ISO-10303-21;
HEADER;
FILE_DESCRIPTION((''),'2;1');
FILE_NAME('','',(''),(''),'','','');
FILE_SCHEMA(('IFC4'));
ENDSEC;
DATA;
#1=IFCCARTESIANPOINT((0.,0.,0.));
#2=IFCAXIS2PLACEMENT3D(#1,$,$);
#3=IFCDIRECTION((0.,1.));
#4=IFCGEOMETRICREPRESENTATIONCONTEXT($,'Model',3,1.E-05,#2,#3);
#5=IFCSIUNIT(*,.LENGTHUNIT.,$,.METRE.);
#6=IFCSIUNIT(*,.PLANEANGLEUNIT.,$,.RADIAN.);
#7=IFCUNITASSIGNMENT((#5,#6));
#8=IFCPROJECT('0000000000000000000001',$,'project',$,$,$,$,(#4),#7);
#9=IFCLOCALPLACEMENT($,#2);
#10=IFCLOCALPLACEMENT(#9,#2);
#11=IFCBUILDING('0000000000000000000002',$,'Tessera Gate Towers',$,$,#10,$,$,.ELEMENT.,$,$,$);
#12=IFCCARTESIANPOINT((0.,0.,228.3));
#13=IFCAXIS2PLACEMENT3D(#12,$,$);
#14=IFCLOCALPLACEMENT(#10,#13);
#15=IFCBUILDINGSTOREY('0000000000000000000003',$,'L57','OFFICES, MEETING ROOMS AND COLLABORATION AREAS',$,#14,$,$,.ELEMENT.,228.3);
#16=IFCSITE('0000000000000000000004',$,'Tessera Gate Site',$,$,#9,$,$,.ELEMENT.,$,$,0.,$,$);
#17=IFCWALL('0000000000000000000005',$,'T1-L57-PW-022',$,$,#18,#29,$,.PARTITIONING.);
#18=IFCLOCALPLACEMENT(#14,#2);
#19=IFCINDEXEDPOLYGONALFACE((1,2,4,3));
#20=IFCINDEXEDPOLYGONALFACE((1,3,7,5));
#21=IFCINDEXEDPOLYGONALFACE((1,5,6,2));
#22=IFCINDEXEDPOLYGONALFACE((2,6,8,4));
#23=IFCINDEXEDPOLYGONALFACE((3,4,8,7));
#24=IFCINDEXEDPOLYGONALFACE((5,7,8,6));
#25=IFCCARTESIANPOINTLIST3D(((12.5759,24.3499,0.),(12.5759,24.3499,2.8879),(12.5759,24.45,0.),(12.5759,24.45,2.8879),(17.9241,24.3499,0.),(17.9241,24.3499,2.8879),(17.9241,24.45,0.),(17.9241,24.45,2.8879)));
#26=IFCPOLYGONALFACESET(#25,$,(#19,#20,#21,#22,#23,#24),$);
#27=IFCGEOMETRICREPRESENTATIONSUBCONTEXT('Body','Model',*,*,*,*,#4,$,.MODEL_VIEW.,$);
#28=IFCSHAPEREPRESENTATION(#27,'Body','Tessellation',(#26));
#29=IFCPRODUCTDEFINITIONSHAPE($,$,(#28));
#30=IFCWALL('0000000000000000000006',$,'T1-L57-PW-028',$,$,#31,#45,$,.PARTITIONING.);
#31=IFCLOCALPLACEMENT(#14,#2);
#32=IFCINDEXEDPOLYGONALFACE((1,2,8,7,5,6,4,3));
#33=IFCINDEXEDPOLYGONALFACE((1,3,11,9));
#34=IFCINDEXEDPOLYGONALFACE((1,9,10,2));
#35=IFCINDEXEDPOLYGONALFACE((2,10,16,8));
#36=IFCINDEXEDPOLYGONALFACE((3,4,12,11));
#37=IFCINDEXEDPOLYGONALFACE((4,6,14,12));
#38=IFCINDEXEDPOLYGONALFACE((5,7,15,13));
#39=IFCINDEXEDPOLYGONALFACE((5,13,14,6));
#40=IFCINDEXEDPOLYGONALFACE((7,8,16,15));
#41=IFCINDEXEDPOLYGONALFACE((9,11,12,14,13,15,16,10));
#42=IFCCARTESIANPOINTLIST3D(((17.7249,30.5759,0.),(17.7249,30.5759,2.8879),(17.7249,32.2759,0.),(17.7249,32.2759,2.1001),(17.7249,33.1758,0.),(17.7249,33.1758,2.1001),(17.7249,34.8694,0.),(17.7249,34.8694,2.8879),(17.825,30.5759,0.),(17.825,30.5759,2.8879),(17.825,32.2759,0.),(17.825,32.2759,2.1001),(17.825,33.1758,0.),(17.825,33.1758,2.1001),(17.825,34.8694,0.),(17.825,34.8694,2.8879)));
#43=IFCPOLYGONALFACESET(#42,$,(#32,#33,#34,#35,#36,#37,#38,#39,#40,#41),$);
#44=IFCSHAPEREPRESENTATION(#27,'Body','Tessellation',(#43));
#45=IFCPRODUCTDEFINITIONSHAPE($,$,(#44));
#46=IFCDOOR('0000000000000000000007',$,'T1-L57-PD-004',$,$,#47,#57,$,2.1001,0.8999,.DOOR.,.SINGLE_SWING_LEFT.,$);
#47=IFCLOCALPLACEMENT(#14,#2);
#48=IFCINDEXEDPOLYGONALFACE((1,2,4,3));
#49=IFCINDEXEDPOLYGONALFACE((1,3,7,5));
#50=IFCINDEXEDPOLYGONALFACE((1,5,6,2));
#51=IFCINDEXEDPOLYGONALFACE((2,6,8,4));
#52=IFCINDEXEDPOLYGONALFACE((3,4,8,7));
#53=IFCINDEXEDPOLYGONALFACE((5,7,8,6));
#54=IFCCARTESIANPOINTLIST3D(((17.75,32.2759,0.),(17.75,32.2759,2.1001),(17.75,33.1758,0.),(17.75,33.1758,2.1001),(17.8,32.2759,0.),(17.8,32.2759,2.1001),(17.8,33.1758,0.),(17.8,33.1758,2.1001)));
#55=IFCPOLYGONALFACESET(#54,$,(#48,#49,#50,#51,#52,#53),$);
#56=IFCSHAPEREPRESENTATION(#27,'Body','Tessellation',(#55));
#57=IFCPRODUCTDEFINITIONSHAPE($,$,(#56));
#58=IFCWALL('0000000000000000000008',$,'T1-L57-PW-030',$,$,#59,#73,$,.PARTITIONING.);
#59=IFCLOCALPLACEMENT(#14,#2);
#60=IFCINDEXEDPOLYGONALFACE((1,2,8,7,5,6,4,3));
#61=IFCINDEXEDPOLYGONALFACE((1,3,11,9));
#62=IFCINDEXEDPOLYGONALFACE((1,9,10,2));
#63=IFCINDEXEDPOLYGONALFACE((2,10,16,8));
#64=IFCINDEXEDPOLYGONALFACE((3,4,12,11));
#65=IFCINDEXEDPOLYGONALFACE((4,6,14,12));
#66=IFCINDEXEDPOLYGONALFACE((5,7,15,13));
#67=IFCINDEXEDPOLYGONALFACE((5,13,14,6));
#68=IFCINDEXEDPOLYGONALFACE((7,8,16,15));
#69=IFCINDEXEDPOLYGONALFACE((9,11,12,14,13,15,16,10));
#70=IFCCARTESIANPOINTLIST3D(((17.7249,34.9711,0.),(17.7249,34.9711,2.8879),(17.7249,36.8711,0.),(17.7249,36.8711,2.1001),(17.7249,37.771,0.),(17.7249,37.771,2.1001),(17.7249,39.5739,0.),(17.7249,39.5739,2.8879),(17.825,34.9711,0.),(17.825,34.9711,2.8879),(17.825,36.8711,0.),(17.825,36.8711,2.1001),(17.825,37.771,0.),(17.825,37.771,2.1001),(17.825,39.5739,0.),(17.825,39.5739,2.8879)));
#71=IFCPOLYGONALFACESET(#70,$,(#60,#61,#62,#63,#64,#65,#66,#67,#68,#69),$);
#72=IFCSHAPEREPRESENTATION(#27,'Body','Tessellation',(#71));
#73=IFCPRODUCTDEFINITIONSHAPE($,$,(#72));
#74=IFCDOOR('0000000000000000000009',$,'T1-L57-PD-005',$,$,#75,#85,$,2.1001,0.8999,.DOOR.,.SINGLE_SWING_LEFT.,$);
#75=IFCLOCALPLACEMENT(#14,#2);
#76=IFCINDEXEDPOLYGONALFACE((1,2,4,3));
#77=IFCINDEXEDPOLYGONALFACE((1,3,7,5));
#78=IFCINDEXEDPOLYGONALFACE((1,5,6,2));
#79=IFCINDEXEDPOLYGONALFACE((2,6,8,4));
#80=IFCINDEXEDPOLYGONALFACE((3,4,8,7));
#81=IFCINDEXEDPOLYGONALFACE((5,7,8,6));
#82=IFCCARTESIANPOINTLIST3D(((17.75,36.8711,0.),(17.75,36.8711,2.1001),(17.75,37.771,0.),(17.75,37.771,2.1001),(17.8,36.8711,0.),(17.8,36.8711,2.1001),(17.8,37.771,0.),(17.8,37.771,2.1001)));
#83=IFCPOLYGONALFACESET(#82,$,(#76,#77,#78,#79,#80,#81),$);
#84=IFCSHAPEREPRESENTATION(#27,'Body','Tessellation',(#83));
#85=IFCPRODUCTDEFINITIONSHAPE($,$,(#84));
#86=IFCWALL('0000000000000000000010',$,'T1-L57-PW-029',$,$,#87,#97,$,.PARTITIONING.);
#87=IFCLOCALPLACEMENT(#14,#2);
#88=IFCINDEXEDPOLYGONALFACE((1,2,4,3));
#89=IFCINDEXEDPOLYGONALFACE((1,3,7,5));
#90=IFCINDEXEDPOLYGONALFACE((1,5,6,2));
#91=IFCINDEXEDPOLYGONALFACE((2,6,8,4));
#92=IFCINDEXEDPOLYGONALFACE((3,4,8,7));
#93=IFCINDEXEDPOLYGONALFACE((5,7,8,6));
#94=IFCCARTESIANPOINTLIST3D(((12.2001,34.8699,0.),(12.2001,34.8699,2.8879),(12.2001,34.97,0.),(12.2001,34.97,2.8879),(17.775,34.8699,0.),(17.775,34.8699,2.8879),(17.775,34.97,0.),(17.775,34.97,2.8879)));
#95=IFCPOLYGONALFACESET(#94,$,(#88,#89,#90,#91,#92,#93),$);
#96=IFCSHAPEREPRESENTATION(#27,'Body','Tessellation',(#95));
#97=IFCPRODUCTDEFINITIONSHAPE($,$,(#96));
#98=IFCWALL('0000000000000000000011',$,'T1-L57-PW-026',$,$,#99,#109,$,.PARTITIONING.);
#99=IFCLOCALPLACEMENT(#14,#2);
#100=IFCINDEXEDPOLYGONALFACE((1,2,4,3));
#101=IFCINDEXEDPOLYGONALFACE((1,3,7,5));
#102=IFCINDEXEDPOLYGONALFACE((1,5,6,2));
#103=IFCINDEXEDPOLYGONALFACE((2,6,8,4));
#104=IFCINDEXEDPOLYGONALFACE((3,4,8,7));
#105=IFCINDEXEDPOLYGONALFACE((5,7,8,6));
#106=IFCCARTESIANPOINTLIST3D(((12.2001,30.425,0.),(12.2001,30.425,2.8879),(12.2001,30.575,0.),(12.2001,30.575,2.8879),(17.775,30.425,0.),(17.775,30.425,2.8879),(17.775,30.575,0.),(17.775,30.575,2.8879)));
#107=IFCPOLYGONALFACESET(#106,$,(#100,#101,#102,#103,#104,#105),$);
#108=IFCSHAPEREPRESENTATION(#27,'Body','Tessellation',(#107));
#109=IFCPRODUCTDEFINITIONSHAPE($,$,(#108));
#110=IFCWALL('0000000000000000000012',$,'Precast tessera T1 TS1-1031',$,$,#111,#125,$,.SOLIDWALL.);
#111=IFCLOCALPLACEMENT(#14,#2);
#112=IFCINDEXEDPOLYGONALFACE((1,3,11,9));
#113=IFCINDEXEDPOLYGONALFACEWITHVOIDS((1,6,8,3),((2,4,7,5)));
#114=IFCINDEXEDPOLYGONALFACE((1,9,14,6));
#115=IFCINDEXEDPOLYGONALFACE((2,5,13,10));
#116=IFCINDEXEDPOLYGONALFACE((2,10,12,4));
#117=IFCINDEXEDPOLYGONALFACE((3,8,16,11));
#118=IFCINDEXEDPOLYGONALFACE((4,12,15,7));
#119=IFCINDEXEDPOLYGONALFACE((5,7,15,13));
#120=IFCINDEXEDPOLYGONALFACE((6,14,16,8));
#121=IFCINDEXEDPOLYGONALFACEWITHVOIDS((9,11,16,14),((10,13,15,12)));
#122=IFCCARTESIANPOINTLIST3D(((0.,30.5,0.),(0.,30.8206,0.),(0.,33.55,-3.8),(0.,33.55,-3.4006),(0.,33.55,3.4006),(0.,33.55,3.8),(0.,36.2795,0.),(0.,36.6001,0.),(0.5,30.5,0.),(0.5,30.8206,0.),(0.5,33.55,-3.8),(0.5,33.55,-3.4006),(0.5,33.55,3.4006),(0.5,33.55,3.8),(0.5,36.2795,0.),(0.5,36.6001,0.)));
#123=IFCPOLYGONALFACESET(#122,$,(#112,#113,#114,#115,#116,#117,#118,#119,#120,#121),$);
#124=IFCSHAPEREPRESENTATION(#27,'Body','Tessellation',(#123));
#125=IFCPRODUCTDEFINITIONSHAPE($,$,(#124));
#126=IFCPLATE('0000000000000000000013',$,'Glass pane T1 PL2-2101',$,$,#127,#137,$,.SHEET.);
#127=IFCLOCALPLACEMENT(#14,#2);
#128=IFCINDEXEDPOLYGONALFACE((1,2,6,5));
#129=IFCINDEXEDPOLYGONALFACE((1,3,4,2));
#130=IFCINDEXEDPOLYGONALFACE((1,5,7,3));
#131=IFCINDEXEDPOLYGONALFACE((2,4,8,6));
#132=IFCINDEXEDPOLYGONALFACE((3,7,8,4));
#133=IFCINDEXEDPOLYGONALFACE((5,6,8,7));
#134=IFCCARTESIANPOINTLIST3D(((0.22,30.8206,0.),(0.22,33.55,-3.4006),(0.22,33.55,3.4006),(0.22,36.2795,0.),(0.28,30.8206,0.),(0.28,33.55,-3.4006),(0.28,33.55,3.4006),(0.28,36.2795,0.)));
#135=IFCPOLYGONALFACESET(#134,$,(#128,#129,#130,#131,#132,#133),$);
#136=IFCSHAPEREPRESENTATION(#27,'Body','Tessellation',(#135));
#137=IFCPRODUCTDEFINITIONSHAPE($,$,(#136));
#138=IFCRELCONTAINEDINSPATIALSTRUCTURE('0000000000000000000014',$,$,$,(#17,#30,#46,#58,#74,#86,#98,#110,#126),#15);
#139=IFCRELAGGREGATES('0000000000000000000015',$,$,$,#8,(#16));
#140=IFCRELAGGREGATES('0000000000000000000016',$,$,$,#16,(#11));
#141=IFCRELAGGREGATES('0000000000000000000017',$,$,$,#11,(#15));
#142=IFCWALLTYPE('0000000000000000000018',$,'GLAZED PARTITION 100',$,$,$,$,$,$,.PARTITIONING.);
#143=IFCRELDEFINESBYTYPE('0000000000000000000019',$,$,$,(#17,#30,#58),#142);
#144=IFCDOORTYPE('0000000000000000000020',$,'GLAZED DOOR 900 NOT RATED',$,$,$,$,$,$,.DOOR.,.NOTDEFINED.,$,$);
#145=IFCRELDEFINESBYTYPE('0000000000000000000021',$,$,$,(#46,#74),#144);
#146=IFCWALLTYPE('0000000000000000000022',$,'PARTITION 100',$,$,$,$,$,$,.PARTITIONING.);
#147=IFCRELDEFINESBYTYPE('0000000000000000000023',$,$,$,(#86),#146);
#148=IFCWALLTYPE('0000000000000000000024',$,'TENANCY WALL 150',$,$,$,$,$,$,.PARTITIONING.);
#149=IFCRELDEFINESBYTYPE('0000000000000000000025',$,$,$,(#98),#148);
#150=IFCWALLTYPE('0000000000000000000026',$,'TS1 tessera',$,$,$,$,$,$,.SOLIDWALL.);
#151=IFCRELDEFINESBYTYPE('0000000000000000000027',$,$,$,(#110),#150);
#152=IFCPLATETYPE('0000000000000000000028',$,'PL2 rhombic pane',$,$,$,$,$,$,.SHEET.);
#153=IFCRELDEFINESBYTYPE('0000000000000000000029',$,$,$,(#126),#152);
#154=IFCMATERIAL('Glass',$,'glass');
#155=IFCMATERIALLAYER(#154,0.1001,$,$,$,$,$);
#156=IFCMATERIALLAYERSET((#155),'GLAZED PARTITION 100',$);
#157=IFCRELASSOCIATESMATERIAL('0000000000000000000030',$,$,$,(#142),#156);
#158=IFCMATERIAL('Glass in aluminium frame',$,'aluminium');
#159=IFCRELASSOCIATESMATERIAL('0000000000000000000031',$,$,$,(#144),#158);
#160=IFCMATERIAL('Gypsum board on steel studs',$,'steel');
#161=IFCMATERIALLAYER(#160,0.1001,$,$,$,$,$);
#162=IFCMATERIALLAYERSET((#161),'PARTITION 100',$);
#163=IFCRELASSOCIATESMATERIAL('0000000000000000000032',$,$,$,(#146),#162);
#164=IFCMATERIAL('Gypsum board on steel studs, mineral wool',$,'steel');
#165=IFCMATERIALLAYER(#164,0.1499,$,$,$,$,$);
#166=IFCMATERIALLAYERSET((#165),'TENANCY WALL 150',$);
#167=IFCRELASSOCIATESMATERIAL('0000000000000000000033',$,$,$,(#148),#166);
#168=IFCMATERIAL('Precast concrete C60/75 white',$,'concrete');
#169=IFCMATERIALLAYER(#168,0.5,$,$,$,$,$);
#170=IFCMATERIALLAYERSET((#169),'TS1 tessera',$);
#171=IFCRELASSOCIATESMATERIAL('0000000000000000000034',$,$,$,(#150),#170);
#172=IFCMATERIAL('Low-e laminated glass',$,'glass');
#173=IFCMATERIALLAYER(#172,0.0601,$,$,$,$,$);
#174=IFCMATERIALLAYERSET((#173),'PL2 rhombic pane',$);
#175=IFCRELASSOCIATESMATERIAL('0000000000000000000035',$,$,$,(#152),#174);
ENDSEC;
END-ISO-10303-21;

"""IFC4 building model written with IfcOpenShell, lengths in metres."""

from ifc_helpers import new_model, si_unit, direction, frame, frame_2d, origin, place, context, subcontext, project, spatial, polyline, rectangle, outline, extrude, source, transform, mapped, material, layer, layer_set, type_object, element, fill, save


model = new_model("IFC4")

# Units and contexts
model_context = context("Model", 3, precision=1e-05, world=origin(), true_north=direction((0.0, 1.0)))
body_context = subcontext(model_context, "Body", "Model", "MODEL_VIEW")
ifc_project = project(units=[si_unit("LENGTHUNIT", "METRE"), si_unit("PLANEANGLEUNIT", "RADIAN")], contexts=[model_context])

# Site, building, storey
site_placement = place(None, origin())
site = spatial("IfcSite", under=ifc_project, at=site_placement, Name="Tessera Gate Site", CompositionType="ELEMENT", RefElevation=0.0)
building_placement = place(site_placement, origin())
building = spatial("IfcBuilding", under=site, at=building_placement, Name="Tessera Gate Towers", CompositionType="ELEMENT")
storey_placement = place(building_placement, frame((0.0, 0.0, 228.3)))
storey = spatial("IfcBuildingStorey", under=building, at=storey_placement, Name="L57", Description="OFFICES, MEETING ROOMS AND COLLABORATION AREAS", CompositionType="ELEMENT", Elevation=228.3)

# Shared definitions
ifc_material_1 = material(Name="Glass", Category="glass")
ifc_layer_1 = layer(ifc_material_1, 0.1001)
ifc_layer_set_1 = layer_set([ifc_layer_1], Name="GLAZED PARTITION 100")
wall_type_1 = type_object("IfcWallType", Name="GLAZED PARTITION 100", PredefinedType="PARTITIONING", material=ifc_layer_set_1)
shared_shape_1 = source(origin(), body_context, "Body", "SweptSolid", [
    extrude(rectangle(XDim=0.8999, YDim=2.1001, at=frame_2d((0.45, 1.05))), frame((0.0, 0.0601, 0.0), z_axis=(0.0, -1.0, 0.0), x_axis=(1.0, 0.0, 0.0)), (0.0, 0.0, 1.0), 0.1201),
])
ifc_material_2 = material(Name="Glass in aluminium frame", Category="aluminium")
door_type = type_object("IfcDoorType", Name="GLAZED DOOR 900 NOT RATED", OperationType="NOTDEFINED", PredefinedType="DOOR", material=ifc_material_2)
shared_shape_2 = source(origin(), body_context, "Body", "SweptSolid", [
    extrude(rectangle(XDim=0.8999, YDim=2.1001, at=frame_2d((0.45, 1.05))), frame((0.0, 0.0249, 0.0), z_axis=(0.0, -1.0, 0.0), x_axis=(1.0, 0.0, 0.0)), (0.0, 0.0, 1.0), 0.05),
])

# Wall
wall_1_placement = place(storey_placement, frame((12.5759, 24.3999, 0.0), z_axis=(0.0, 0.0, 1.0), x_axis=(1.0, 0.0, 0.0)))
element("IfcWall", 1, at=wall_1_placement, inside=storey, type_object=wall_type_1, Name="T1-L57-PW-022", PredefinedType="PARTITIONING", context=body_context, shape_type="SweptSolid", body=[
    extrude(rectangle(XDim=5.3481, YDim=0.1001, at=frame_2d((2.6741, 0.0))), origin(), (0.0, 0.0, 1.0), 2.8879),
])

# Walls, openings, doors
wall_2_placement = place(storey_placement, frame((17.7749, 30.5759, 0.0), z_axis=(0.0, 0.0, 1.0), x_axis=(0.0, 1.0, 0.0)))
wall_2 = element("IfcWall", 2, at=wall_2_placement, inside=storey, type_object=wall_type_1, Name="T1-L57-PW-028", PredefinedType="PARTITIONING", context=body_context, shape_type="SweptSolid", body=[
    extrude(rectangle(XDim=4.2935, YDim=0.1001, at=frame_2d((2.1467, 0.0))), origin(), (0.0, 0.0, 1.0), 2.8879),
])
opening_1_placement = place(wall_2_placement, frame((1.7, 0.0, 0.0)))
opening_1 = element("IfcOpeningElement", 3, at=opening_1_placement, cuts=wall_2, PredefinedType="OPENING", context=body_context, shape_type="MappedRepresentation", body=[
    mapped(shared_shape_1, transform((0.0, 0.0, 0.0), scale=1.0)),
])
door_1_placement = place(opening_1_placement, origin())
door_1 = element("IfcDoor", 4, at=door_1_placement, inside=storey, type_object=door_type, Name="T1-L57-PD-004", OperationType="SINGLE_SWING_LEFT", OverallHeight=2.1001, OverallWidth=0.8999, PredefinedType="DOOR", context=body_context, shape_type="MappedRepresentation", body=[
    mapped(shared_shape_2, transform((0.0, 0.0, 0.0), scale=1.0)),
])
fill(opening_1, door_1)
wall_3_placement = place(storey_placement, frame((17.7749, 34.9712, 0.0), z_axis=(0.0, 0.0, 1.0), x_axis=(0.0, 1.0, 0.0)))
wall_3 = element("IfcWall", 5, at=wall_3_placement, inside=storey, type_object=wall_type_1, Name="T1-L57-PW-030", PredefinedType="PARTITIONING", context=body_context, shape_type="SweptSolid", body=[
    extrude(rectangle(XDim=4.6028, YDim=0.1001, at=frame_2d((2.3013, 0.0))), origin(), (0.0, 0.0, 1.0), 2.8879),
])
opening_2_placement = place(wall_3_placement, frame((1.8999, 0.0, 0.0)))
opening_2 = element("IfcOpeningElement", 6, at=opening_2_placement, cuts=wall_3, PredefinedType="OPENING", context=body_context, shape_type="MappedRepresentation", body=[
    mapped(shared_shape_1, transform((0.0, 0.0, 0.0), scale=1.0)),
])
door_2_placement = place(opening_2_placement, origin())
door_2 = element("IfcDoor", 7, at=door_2_placement, inside=storey, type_object=door_type, Name="T1-L57-PD-005", OperationType="SINGLE_SWING_LEFT", OverallHeight=2.1001, OverallWidth=0.8999, PredefinedType="DOOR", context=body_context, shape_type="MappedRepresentation", body=[
    mapped(shared_shape_2, transform((0.0, 0.0, 0.0), scale=1.0)),
])
fill(opening_2, door_2)

# Walls
ifc_material_3 = material(Name="Gypsum board on steel studs", Category="steel")
ifc_layer_2 = layer(ifc_material_3, 0.1001)
ifc_layer_set_2 = layer_set([ifc_layer_2], Name="PARTITION 100")
wall_type_2 = type_object("IfcWallType", Name="PARTITION 100", PredefinedType="PARTITIONING", material=ifc_layer_set_2)
wall_4_placement = place(storey_placement, frame((12.2, 34.9199, 0.0), z_axis=(0.0, 0.0, 1.0), x_axis=(1.0, 0.0, 0.0)))
element("IfcWall", 8, at=wall_4_placement, inside=storey, type_object=wall_type_2, Name="T1-L57-PW-029", PredefinedType="PARTITIONING", context=body_context, shape_type="SweptSolid", body=[
    extrude(rectangle(XDim=5.575, YDim=0.1001, at=frame_2d((2.7876, 0.0))), origin(), (0.0, 0.0, 1.0), 2.8879),
])
ifc_material_4 = material(Name="Gypsum board on steel studs, mineral wool", Category="steel")
ifc_layer_3 = layer(ifc_material_4, 0.1499)
ifc_layer_set_3 = layer_set([ifc_layer_3], Name="TENANCY WALL 150")
wall_type_3 = type_object("IfcWallType", Name="TENANCY WALL 150", PredefinedType="PARTITIONING", material=ifc_layer_set_3)
wall_5_placement = place(storey_placement, frame((12.2, 30.5, 0.0), z_axis=(0.0, 0.0, 1.0), x_axis=(1.0, 0.0, 0.0)))
element("IfcWall", 9, at=wall_5_placement, inside=storey, type_object=wall_type_3, Name="T1-L57-PW-026", PredefinedType="PARTITIONING", context=body_context, shape_type="SweptSolid", body=[
    extrude(rectangle(XDim=5.575, YDim=0.1499, at=frame_2d((2.7876, 0.0))), origin(), (0.0, 0.0, 1.0), 2.8879),
])

# Wall, opening, plate
ifc_material_5 = material(Name="Precast concrete C60/75 white", Category="concrete")
ifc_layer_4 = layer(ifc_material_5, 0.5)
ifc_layer_set_4 = layer_set([ifc_layer_4], Name="TS1 tessera")
wall_type_4 = type_object("IfcWallType", Name="TS1 tessera", PredefinedType="SOLIDWALL", material=ifc_layer_set_4)
shared_shape_3 = source(origin(), body_context, "Body", "SweptSolid", [
    extrude(outline(polyline([(3.05, 0.0), (6.1001, 3.8), (3.05, 7.6001), (0.0, 3.8), (3.05, 0.0)])), frame((0.0, 0.25, 0.0), z_axis=(0.0, -1.0, 0.0), x_axis=(1.0, 0.0, 0.0)), (0.0, 0.0, 1.0), 0.5),
])
wall_6_placement = place(storey_placement, frame((0.25, 36.6001, -3.8), z_axis=(0.0, 0.0, 1.0), x_axis=(0.0, -1.0, 0.0)))
wall_6 = element("IfcWall", 10, at=wall_6_placement, inside=storey, type_object=wall_type_4, Name="Precast tessera T1 TS1-1031", PredefinedType="SOLIDWALL", context=body_context, shape_type="MappedRepresentation", body=[
    mapped(shared_shape_3, transform((0.0, 0.0, 0.0), scale=1.0)),
])
shared_shape_4 = source(origin(), body_context, "Body", "SweptSolid", [
    extrude(outline(polyline([(3.05, 0.3994), (5.7795, 3.8), (3.05, 7.2007), (0.3206, 3.8), (3.05, 0.3994)])), frame((0.0, 0.26, 0.0), z_axis=(0.0, -1.0, 0.0), x_axis=(1.0, 0.0, 0.0)), (0.0, 0.0, 1.0), 0.52),
])
opening_3_placement = place(wall_6_placement, origin())
opening_3 = element("IfcOpeningElement", 11, at=opening_3_placement, cuts=wall_6, PredefinedType="OPENING", context=body_context, shape_type="MappedRepresentation", body=[
    mapped(shared_shape_4, transform((0.0, 0.0, 0.0), scale=1.0)),
])
ifc_material_6 = material(Name="Low-e laminated glass", Category="glass")
ifc_layer_5 = layer(ifc_material_6, 0.0601)
ifc_layer_set_5 = layer_set([ifc_layer_5], Name="PL2 rhombic pane")
plate_type_1 = type_object("IfcPlateType", Name="PL2 rhombic pane", PredefinedType="SHEET", material=ifc_layer_set_5)
shared_shape_5 = source(origin(), body_context, "Body", "SweptSolid", [
    extrude(outline(polyline([(3.05, 0.3994), (5.7795, 3.8), (3.05, 7.2007), (0.3206, 3.8), (3.05, 0.3994)])), frame((0.0, 0.03, 0.0), z_axis=(0.0, -1.0, 0.0), x_axis=(1.0, 0.0, 0.0)), (0.0, 0.0, 1.0), 0.0601),
])
plate_1_placement = place(opening_3_placement, origin())
plate_1 = element("IfcPlate", 12, at=plate_1_placement, inside=storey, type_object=plate_type_1, Name="Glass pane T1 PL2-2101", PredefinedType="SHEET", context=body_context, shape_type="MappedRepresentation", body=[
    mapped(shared_shape_5, transform((0.0, 0.0, 0.0), scale=1.0)),
])
fill(opening_3, plate_1)

save(model, "model.ifc")
